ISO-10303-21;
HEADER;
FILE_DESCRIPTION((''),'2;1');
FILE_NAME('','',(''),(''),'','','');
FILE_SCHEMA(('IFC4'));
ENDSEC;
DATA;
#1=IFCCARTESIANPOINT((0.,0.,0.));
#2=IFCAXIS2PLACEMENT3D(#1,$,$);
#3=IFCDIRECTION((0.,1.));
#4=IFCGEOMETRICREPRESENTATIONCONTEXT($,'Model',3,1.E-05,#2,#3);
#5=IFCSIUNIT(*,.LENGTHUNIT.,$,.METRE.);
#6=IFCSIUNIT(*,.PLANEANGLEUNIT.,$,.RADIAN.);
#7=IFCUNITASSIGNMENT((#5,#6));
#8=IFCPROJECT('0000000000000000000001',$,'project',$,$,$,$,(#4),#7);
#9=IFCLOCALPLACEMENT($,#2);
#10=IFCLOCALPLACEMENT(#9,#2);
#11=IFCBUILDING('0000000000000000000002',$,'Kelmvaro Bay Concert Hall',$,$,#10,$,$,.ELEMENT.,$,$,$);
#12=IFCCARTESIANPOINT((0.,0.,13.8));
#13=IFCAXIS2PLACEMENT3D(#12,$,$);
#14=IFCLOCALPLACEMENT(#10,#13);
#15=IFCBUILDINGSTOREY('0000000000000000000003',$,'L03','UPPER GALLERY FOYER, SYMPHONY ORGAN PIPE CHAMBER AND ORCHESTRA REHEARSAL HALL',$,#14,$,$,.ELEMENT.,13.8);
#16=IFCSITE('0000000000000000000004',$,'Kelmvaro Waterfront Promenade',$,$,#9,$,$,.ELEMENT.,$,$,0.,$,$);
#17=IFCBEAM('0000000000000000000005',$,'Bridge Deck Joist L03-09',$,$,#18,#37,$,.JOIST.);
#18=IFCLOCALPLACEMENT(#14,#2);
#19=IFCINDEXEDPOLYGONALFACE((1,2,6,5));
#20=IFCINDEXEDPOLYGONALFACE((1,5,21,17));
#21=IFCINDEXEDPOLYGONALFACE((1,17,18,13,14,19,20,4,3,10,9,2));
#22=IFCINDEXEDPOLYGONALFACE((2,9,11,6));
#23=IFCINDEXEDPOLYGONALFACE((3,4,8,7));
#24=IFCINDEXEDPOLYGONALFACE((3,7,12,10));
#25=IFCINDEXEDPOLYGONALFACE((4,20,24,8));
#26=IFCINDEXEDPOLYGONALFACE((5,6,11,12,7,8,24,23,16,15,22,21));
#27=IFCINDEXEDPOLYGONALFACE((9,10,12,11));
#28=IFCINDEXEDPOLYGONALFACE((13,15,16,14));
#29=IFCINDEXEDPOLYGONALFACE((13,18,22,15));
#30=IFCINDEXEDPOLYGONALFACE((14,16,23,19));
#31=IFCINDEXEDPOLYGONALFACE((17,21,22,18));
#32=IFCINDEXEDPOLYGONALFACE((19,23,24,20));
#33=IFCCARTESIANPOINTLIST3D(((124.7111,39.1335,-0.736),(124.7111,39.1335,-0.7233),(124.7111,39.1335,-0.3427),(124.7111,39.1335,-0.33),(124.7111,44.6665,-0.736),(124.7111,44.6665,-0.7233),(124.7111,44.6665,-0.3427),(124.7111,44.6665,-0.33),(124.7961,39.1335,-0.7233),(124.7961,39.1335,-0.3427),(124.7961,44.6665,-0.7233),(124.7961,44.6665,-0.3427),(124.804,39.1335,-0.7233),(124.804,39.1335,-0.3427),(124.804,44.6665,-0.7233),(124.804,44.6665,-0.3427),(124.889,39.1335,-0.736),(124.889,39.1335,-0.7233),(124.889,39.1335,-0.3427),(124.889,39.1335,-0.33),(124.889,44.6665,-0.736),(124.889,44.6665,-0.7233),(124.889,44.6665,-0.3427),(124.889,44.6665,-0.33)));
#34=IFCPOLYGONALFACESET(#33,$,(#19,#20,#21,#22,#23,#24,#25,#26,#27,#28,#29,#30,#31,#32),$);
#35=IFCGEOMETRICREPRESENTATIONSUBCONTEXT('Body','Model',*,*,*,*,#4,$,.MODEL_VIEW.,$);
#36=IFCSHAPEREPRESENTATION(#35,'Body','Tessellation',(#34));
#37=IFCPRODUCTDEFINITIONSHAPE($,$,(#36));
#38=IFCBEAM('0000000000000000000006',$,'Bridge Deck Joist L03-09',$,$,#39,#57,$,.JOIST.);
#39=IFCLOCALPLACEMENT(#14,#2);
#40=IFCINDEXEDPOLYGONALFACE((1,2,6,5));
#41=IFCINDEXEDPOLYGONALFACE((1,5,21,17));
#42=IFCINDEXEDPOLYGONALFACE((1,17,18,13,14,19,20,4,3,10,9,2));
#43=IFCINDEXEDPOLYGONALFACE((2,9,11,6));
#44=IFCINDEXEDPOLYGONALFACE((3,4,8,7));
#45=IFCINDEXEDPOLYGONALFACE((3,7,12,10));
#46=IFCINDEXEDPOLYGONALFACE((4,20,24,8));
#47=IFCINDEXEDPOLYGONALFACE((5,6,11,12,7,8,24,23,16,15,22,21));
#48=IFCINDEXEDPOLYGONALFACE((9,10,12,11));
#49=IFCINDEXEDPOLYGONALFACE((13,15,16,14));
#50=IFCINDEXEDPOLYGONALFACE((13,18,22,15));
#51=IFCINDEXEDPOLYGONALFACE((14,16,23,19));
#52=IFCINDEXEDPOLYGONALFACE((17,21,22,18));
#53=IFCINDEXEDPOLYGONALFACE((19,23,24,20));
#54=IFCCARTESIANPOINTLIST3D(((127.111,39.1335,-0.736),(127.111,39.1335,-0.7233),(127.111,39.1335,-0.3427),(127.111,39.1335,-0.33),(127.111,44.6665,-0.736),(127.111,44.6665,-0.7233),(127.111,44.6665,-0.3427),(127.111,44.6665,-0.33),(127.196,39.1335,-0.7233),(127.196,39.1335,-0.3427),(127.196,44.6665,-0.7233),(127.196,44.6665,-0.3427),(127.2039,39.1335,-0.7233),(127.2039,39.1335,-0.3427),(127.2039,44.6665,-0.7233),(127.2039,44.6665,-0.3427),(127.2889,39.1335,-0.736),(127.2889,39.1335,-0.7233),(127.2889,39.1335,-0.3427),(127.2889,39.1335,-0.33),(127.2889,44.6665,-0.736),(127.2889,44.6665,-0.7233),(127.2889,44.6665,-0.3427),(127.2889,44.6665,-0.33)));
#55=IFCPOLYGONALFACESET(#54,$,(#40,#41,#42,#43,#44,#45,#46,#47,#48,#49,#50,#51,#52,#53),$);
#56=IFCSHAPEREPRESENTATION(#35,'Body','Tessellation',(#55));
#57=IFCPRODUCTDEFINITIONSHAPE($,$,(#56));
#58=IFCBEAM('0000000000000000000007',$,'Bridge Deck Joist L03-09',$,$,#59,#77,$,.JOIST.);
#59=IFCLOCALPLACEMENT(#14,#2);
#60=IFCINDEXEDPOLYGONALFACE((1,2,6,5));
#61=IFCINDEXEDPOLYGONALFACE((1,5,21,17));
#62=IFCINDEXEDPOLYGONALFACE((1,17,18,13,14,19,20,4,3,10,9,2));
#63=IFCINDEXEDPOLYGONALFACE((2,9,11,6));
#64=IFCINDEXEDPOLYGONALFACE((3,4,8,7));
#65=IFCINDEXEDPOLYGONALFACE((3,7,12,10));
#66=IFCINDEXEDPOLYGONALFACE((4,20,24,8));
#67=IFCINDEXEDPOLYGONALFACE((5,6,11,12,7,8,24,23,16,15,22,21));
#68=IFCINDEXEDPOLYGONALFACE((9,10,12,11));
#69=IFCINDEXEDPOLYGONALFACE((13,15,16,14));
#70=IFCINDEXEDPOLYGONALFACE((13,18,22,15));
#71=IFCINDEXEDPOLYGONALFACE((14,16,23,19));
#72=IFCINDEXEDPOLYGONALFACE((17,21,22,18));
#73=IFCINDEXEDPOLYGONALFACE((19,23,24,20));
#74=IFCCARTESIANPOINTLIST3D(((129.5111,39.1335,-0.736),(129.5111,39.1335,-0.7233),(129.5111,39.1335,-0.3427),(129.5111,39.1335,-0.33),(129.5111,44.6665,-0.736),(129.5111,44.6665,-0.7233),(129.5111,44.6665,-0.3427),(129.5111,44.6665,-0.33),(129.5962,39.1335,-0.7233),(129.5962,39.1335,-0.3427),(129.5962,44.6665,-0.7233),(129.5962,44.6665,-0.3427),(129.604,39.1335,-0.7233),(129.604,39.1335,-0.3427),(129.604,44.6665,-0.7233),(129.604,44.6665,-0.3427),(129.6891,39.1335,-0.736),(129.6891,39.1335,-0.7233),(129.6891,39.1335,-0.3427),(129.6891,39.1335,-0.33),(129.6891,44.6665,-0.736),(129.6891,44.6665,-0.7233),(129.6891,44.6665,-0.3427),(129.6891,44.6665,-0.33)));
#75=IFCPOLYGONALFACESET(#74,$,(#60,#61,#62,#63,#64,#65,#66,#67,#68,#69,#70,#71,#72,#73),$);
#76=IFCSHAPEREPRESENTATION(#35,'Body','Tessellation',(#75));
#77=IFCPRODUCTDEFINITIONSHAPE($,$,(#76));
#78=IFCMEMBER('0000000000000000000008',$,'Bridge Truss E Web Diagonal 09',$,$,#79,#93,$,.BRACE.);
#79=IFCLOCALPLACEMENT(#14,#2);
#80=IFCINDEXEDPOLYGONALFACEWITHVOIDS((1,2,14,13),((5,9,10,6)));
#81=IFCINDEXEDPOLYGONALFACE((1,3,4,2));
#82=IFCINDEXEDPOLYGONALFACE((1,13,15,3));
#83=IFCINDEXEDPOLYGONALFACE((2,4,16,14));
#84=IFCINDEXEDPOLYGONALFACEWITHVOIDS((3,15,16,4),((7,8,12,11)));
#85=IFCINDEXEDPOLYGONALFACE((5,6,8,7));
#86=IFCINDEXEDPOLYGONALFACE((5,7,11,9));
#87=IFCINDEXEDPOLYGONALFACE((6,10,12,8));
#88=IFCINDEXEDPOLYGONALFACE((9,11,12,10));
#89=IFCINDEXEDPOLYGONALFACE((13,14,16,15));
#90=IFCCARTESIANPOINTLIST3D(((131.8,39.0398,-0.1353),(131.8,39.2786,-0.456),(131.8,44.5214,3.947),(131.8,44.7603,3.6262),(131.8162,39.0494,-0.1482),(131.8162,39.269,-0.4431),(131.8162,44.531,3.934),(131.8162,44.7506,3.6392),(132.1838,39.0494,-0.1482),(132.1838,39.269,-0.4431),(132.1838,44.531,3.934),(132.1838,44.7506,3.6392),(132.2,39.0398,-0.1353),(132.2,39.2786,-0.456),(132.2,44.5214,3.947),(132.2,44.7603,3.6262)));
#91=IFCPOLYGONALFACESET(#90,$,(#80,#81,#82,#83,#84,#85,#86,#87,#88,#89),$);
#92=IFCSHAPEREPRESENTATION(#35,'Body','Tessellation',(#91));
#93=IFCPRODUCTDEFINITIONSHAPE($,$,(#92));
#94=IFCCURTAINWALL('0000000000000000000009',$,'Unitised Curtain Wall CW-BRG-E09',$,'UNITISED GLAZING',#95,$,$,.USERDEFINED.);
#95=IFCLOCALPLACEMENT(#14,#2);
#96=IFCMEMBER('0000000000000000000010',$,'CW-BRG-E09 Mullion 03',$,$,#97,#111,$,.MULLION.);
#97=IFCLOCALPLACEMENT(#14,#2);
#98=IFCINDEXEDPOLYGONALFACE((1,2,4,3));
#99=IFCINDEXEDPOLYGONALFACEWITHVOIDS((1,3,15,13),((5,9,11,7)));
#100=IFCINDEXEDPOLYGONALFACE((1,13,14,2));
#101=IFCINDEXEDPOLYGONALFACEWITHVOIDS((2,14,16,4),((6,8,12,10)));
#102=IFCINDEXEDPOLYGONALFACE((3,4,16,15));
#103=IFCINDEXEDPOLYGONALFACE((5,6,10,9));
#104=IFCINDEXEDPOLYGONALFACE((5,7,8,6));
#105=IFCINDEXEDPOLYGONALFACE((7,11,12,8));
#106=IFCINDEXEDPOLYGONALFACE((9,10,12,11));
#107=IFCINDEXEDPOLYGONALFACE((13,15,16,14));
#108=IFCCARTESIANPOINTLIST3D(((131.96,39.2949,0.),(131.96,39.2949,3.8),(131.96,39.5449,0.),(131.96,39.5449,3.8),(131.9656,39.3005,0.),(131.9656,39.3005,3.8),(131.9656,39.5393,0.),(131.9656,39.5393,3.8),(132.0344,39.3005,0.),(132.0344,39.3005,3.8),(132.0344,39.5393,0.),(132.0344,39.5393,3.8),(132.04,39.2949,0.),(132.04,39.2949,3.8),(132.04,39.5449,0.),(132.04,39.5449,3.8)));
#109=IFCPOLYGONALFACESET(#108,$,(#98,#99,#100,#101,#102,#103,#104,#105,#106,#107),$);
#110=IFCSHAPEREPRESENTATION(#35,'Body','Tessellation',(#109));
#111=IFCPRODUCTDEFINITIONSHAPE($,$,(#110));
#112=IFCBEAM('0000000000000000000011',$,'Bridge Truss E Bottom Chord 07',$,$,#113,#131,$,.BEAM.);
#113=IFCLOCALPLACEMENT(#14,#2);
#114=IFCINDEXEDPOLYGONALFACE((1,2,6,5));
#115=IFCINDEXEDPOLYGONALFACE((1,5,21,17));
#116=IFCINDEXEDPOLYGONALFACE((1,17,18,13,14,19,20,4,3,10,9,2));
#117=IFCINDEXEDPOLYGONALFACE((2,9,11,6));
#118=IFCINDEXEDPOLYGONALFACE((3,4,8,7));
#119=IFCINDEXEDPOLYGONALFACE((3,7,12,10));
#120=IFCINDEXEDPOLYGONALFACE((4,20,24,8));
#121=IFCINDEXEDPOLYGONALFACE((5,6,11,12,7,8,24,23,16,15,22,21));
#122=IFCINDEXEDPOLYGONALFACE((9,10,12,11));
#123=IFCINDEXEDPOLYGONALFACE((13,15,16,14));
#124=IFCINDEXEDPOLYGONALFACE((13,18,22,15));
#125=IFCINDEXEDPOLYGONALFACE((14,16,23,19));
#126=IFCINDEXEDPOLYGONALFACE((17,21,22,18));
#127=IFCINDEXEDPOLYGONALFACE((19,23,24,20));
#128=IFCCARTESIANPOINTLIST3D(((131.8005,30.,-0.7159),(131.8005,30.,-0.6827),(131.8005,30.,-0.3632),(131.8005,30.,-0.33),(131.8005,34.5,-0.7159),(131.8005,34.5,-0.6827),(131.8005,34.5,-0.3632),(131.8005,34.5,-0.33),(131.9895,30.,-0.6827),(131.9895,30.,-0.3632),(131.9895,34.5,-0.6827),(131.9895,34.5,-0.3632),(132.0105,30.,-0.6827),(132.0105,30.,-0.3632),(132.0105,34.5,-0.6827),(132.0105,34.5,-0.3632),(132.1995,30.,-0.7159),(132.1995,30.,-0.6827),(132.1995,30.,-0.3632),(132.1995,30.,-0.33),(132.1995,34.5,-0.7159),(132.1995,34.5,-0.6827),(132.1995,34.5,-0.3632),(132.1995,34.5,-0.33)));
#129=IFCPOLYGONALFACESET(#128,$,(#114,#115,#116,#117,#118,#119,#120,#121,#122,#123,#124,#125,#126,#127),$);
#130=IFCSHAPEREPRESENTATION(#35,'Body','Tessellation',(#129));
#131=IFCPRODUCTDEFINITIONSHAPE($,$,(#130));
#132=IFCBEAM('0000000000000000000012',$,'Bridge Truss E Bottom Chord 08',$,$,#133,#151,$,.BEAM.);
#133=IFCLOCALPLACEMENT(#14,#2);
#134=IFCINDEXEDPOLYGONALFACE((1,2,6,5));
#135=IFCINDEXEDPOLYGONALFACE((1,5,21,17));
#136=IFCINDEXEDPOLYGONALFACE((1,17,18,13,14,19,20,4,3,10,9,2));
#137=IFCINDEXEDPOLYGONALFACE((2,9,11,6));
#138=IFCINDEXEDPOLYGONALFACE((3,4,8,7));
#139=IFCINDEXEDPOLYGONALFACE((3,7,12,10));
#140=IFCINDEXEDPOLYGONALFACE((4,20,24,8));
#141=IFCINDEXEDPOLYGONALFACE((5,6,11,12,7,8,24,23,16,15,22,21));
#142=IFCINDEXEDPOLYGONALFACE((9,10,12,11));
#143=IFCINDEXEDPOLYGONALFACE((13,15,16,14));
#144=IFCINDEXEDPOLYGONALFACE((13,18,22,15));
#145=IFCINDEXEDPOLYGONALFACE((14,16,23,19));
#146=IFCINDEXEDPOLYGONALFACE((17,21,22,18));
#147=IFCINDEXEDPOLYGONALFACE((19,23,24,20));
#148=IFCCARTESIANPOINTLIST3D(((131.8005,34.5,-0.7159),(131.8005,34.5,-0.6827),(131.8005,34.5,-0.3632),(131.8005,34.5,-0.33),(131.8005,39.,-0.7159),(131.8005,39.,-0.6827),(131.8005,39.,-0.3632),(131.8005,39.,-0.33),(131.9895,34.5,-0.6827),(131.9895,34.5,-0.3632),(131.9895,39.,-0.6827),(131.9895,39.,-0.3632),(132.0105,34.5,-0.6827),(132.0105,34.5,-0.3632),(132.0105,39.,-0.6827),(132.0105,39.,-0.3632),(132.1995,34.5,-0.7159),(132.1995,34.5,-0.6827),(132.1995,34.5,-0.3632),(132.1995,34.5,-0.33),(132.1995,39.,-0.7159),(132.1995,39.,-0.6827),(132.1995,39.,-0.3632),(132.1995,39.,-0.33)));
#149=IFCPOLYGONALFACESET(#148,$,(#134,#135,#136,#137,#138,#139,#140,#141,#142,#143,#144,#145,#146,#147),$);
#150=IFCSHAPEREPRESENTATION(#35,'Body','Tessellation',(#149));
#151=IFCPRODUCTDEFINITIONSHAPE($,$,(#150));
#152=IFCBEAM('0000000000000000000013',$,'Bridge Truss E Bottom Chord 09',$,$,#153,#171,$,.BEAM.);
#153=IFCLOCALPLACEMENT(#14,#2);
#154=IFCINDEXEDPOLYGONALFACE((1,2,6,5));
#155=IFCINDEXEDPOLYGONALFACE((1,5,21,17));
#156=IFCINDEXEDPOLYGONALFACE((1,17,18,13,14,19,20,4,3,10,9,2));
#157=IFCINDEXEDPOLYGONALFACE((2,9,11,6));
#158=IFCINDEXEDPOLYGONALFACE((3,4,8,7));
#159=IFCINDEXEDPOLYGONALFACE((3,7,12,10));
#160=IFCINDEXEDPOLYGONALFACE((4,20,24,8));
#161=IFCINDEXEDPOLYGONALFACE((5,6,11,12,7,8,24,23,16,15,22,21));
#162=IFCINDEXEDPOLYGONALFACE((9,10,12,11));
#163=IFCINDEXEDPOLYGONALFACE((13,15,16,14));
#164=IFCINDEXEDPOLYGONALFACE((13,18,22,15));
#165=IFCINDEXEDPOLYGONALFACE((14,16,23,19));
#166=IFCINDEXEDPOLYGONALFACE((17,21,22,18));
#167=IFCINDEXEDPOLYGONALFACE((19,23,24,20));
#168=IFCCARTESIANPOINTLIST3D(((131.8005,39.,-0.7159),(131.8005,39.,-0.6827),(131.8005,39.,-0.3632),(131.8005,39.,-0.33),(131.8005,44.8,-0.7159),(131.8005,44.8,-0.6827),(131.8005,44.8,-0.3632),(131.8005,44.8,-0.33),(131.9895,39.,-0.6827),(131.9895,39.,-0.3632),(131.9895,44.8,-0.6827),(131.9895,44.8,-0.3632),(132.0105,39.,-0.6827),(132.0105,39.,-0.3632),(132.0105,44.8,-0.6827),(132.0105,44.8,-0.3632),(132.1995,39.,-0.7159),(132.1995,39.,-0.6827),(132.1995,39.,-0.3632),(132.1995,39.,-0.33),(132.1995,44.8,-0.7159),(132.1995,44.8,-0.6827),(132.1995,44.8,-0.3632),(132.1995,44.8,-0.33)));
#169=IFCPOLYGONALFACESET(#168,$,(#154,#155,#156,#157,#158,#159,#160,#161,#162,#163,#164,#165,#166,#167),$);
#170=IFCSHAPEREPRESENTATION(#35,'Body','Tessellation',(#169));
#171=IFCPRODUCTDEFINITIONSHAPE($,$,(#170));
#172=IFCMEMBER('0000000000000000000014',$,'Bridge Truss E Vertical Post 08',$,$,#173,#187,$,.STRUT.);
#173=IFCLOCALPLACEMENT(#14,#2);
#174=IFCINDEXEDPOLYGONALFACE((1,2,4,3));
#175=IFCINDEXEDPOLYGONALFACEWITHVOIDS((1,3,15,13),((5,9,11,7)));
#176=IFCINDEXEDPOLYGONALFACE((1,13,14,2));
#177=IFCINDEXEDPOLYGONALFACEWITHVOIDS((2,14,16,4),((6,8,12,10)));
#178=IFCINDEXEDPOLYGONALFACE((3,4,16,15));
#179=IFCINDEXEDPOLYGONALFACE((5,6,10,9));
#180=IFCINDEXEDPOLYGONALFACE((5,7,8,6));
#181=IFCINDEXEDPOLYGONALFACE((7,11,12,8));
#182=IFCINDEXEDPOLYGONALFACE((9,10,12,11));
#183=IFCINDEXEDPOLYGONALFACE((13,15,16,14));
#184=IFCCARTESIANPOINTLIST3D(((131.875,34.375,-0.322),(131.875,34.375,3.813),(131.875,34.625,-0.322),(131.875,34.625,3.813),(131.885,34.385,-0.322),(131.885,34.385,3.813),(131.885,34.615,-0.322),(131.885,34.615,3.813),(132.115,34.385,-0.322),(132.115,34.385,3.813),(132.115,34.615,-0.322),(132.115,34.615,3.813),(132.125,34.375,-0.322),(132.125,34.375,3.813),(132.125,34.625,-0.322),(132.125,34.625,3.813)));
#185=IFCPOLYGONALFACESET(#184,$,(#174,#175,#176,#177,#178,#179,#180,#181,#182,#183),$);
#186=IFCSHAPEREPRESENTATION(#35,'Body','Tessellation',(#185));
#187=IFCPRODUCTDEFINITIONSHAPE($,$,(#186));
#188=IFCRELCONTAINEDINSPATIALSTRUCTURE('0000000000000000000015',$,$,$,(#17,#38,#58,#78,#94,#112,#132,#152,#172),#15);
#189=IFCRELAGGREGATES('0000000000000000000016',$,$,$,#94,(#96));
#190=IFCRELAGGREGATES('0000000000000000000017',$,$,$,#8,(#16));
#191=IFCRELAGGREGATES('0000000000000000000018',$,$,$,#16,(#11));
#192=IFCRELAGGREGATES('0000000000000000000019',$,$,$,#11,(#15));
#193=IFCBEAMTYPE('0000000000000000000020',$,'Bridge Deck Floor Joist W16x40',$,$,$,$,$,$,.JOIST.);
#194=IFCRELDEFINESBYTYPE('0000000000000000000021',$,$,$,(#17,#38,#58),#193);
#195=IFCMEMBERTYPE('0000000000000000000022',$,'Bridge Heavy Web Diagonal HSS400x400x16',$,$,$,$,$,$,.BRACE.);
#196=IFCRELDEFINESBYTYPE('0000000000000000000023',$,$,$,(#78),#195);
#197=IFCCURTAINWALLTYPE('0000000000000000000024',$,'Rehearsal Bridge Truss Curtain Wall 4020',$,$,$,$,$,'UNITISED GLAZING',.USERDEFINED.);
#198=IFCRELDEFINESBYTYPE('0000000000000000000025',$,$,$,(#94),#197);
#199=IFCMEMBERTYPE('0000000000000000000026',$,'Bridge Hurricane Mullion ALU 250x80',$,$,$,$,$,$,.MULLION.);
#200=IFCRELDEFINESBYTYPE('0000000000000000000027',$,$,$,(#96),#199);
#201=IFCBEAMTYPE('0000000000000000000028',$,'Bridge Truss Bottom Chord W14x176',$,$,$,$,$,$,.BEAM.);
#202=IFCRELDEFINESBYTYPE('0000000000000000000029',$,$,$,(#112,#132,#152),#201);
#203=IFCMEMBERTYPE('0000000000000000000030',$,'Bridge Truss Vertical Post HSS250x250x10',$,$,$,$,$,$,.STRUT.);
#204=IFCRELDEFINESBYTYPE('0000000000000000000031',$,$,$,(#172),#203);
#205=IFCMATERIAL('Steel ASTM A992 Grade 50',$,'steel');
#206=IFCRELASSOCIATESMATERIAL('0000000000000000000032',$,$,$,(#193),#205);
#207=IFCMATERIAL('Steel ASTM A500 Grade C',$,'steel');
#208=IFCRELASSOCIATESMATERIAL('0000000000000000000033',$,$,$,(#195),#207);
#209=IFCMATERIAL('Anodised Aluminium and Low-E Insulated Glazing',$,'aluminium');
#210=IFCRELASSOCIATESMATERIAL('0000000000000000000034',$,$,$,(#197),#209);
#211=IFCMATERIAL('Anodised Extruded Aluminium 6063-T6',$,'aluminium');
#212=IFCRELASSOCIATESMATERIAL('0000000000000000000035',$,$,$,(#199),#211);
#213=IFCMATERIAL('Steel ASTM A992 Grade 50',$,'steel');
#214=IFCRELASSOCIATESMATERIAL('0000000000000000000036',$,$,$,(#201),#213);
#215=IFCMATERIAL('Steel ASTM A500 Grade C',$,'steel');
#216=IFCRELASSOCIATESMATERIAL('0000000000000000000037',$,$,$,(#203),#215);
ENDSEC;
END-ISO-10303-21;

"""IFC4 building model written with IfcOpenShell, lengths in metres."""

from ifc_helpers import new_model, si_unit, direction, frame, origin, origin_2d, place, context, subcontext, project, spatial, hollow_rectangle, i_section, extrude, material, material_profile, profile_set, type_object, element, aggregate, save


model = new_model("IFC4")

# Units and contexts
model_context = context("Model", 3, precision=1e-05, world=origin(), true_north=direction((0.0, 1.0)))
body_context = subcontext(model_context, "Body", "Model", "MODEL_VIEW")
ifc_project = project(units=[si_unit("LENGTHUNIT", "METRE"), si_unit("PLANEANGLEUNIT", "RADIAN")], contexts=[model_context])

# Site, building, storey
site_placement = place(None, origin())
site = spatial("IfcSite", under=ifc_project, at=site_placement, Name="Kelmvaro Waterfront Promenade", CompositionType="ELEMENT", RefElevation=0.0)
building_placement = place(site_placement, origin())
building = spatial("IfcBuilding", under=site, at=building_placement, Name="Kelmvaro Bay Concert Hall", CompositionType="ELEMENT")
storey_placement = place(building_placement, frame((0.0, 0.0, 13.8)))
storey = spatial("IfcBuildingStorey", under=building, at=storey_placement, Name="L03", Description="UPPER GALLERY FOYER, SYMPHONY ORGAN PIPE CHAMBER AND ORCHESTRA REHEARSAL HALL", CompositionType="ELEMENT", Elevation=13.8)

# Beams
ifc_material_1 = material(Name="Steel ASTM A992 Grade 50", Category="steel")
ifc_material_profile_1 = material_profile(ifc_material_1, i_section(OverallWidth=0.178, OverallDepth=0.406, WebThickness=0.0078, FlangeThickness=0.0127, at=origin_2d()), Name="W16X40")
ifc_profile_set_1 = profile_set([ifc_material_profile_1], Name="Steel ASTM A992 Grade 50")
beam_type_1 = type_object("IfcBeamType", Name="Bridge Deck Floor Joist W16x40", PredefinedType="JOIST", material=ifc_profile_set_1)
for number, where, z_axis, x_axis, name in (
    (1, (124.8, 39.1335, -0.533), (0.0, 1.0, 0.0), (-1.0, 0.0, 0.0), "Bridge Deck Joist L03-09"),
    (2, (127.2, 39.1335, -0.533), (0.0, 1.0, 0.0), (-1.0, 0.0, 0.0), "Bridge Deck Joist L03-09"),
    (3, (129.6001, 39.1335, -0.533), (0.0, 1.0, 0.0), (-1.0, 0.0, 0.0), "Bridge Deck Joist L03-09"),
):
    element("IfcBeam", number, at=place(storey_placement, frame(where, z_axis=z_axis, x_axis=x_axis)), inside=storey, type_object=beam_type_1, Name=name, PredefinedType="JOIST", context=body_context, shape_type="SweptSolid", body=[
        extrude(i_section(OverallWidth=0.178, OverallDepth=0.406, WebThickness=0.0078, FlangeThickness=0.0127, at=origin_2d()), origin(), (0.0, 0.0, 1.0), 5.533),
    ])

# Member
ifc_material_2 = material(Name="Steel ASTM A500 Grade C", Category="steel")
ifc_material_profile_2 = material_profile(ifc_material_2, hollow_rectangle(XDim=0.3999, YDim=0.3999, WallThickness=0.0161, at=origin_2d()), Name="HSS400X400X16")
ifc_profile_set_2 = profile_set([ifc_material_profile_2], Name="Steel ASTM A500 Grade C")
member_type_1 = type_object("IfcMemberType", Name="Bridge Heavy Web Diagonal HSS400x400x16", PredefinedType="BRACE", material=ifc_profile_set_2)
member_1_placement = place(storey_placement, frame((132.0, 39.1592, -0.2957), z_axis=(0.0, 0.802031, 0.597282), x_axis=(-1.0, 0.0, 0.0)))
element("IfcMember", 4, at=member_1_placement, inside=storey, type_object=member_type_1, Name="Bridge Truss E Web Diagonal 09", PredefinedType="BRACE", context=body_context, shape_type="SweptSolid", body=[
    extrude(hollow_rectangle(XDim=0.3999, YDim=0.3999, WallThickness=0.0161, at=origin_2d()), origin(), (0.0, 0.0, 1.0), 6.8347),
])

# Curtain wall, member
ifc_material_3 = material(Name="Anodised Aluminium and Low-E Insulated Glazing", Category="aluminium")
curtain_wall_type = type_object("IfcCurtainWallType", Name="Rehearsal Bridge Truss Curtain Wall 4020", ElementType="UNITISED GLAZING", PredefinedType="USERDEFINED", material=ifc_material_3)
curtain_wall_placement = place(storey_placement, origin())
curtain_wall = element("IfcCurtainWall", 5, at=curtain_wall_placement, inside=storey, type_object=curtain_wall_type, Name="Unitised Curtain Wall CW-BRG-E09", ObjectType="UNITISED GLAZING", PredefinedType="USERDEFINED")
ifc_material_4 = material(Name="Anodised Extruded Aluminium 6063-T6", Category="aluminium")
ifc_material_profile_3 = material_profile(ifc_material_4, hollow_rectangle(XDim=0.0801, YDim=0.25, WallThickness=0.0056, at=origin_2d()), Name="ALU-MUL-250X80")
ifc_profile_set_3 = profile_set([ifc_material_profile_3], Name="Anodised Extruded Aluminium 6063-T6")
member_type_2 = type_object("IfcMemberType", Name="Bridge Hurricane Mullion ALU 250x80", PredefinedType="MULLION", material=ifc_profile_set_3)
member_2_placement = place(storey_placement, frame((132.0, 39.4199, 0.0), z_axis=(0.0, 0.0, 1.0), x_axis=(1.0, 0.0, 0.0)))
member_2 = element("IfcMember", 6, at=member_2_placement, type_object=member_type_2, Name="CW-BRG-E09 Mullion 03", PredefinedType="MULLION", context=body_context, shape_type="SweptSolid", body=[
    extrude(hollow_rectangle(XDim=0.0801, YDim=0.25, WallThickness=0.0056, at=origin_2d()), origin(), (0.0, 0.0, 1.0), 3.8),
])
aggregate(curtain_wall, [member_2])

# Beams
ifc_material_5 = material(Name="Steel ASTM A992 Grade 50", Category="steel")
ifc_material_profile_4 = material_profile(ifc_material_5, i_section(OverallWidth=0.3989, OverallDepth=0.386, WebThickness=0.021, FlangeThickness=0.0332, at=origin_2d()), Name="W14X176")
ifc_profile_set_4 = profile_set([ifc_material_profile_4], Name="Steel ASTM A992 Grade 50")
beam_type_2 = type_object("IfcBeamType", Name="Bridge Truss Bottom Chord W14x176", PredefinedType="BEAM", material=ifc_profile_set_4)
for number, where, z_axis, x_axis, name in (
    (7, (132.0, 30.0, -0.5229), (0.0, 1.0, 0.0), (-1.0, 0.0, 0.0), "Bridge Truss E Bottom Chord 07"),
    (8, (132.0, 34.5, -0.5229), (0.0, 1.0, 0.0), (-1.0, 0.0, 0.0), "Bridge Truss E Bottom Chord 08"),
):
    element("IfcBeam", number, at=place(storey_placement, frame(where, z_axis=z_axis, x_axis=x_axis)), inside=storey, type_object=beam_type_2, Name=name, PredefinedType="BEAM", context=body_context, shape_type="SweptSolid", body=[
        extrude(i_section(OverallWidth=0.3989, OverallDepth=0.386, WebThickness=0.021, FlangeThickness=0.0332, at=origin_2d()), origin(), (0.0, 0.0, 1.0), 4.5),
    ])
beam_placement = place(storey_placement, frame((132.0, 39.0, -0.5229), z_axis=(0.0, 1.0, 0.0), x_axis=(-1.0, 0.0, 0.0)))
element("IfcBeam", 9, at=beam_placement, inside=storey, type_object=beam_type_2, Name="Bridge Truss E Bottom Chord 09", PredefinedType="BEAM", context=body_context, shape_type="SweptSolid", body=[
    extrude(i_section(OverallWidth=0.3989, OverallDepth=0.386, WebThickness=0.021, FlangeThickness=0.0332, at=origin_2d()), origin(), (0.0, 0.0, 1.0), 5.8),
])

# Member
ifc_material_6 = material(Name="Steel ASTM A500 Grade C", Category="steel")
ifc_material_profile_5 = material_profile(ifc_material_6, hollow_rectangle(XDim=0.25, YDim=0.25, WallThickness=0.01, at=origin_2d()), Name="HSS250X250X10")
ifc_profile_set_5 = profile_set([ifc_material_profile_5], Name="Steel ASTM A500 Grade C")
member_type_3 = type_object("IfcMemberType", Name="Bridge Truss Vertical Post HSS250x250x10", PredefinedType="STRUT", material=ifc_profile_set_5)
member_3_placement = place(storey_placement, frame((132.0, 34.5, -0.322), z_axis=(0.0, 0.0, 1.0), x_axis=(1.0, 0.0, 0.0)))
element("IfcMember", 10, at=member_3_placement, inside=storey, type_object=member_type_3, Name="Bridge Truss E Vertical Post 08", PredefinedType="STRUT", context=body_context, shape_type="SweptSolid", body=[
    extrude(hollow_rectangle(XDim=0.25, YDim=0.25, WallThickness=0.01, at=origin_2d()), origin(), (0.0, 0.0, 1.0), 4.135),
])

save(model, "model.ifc")
